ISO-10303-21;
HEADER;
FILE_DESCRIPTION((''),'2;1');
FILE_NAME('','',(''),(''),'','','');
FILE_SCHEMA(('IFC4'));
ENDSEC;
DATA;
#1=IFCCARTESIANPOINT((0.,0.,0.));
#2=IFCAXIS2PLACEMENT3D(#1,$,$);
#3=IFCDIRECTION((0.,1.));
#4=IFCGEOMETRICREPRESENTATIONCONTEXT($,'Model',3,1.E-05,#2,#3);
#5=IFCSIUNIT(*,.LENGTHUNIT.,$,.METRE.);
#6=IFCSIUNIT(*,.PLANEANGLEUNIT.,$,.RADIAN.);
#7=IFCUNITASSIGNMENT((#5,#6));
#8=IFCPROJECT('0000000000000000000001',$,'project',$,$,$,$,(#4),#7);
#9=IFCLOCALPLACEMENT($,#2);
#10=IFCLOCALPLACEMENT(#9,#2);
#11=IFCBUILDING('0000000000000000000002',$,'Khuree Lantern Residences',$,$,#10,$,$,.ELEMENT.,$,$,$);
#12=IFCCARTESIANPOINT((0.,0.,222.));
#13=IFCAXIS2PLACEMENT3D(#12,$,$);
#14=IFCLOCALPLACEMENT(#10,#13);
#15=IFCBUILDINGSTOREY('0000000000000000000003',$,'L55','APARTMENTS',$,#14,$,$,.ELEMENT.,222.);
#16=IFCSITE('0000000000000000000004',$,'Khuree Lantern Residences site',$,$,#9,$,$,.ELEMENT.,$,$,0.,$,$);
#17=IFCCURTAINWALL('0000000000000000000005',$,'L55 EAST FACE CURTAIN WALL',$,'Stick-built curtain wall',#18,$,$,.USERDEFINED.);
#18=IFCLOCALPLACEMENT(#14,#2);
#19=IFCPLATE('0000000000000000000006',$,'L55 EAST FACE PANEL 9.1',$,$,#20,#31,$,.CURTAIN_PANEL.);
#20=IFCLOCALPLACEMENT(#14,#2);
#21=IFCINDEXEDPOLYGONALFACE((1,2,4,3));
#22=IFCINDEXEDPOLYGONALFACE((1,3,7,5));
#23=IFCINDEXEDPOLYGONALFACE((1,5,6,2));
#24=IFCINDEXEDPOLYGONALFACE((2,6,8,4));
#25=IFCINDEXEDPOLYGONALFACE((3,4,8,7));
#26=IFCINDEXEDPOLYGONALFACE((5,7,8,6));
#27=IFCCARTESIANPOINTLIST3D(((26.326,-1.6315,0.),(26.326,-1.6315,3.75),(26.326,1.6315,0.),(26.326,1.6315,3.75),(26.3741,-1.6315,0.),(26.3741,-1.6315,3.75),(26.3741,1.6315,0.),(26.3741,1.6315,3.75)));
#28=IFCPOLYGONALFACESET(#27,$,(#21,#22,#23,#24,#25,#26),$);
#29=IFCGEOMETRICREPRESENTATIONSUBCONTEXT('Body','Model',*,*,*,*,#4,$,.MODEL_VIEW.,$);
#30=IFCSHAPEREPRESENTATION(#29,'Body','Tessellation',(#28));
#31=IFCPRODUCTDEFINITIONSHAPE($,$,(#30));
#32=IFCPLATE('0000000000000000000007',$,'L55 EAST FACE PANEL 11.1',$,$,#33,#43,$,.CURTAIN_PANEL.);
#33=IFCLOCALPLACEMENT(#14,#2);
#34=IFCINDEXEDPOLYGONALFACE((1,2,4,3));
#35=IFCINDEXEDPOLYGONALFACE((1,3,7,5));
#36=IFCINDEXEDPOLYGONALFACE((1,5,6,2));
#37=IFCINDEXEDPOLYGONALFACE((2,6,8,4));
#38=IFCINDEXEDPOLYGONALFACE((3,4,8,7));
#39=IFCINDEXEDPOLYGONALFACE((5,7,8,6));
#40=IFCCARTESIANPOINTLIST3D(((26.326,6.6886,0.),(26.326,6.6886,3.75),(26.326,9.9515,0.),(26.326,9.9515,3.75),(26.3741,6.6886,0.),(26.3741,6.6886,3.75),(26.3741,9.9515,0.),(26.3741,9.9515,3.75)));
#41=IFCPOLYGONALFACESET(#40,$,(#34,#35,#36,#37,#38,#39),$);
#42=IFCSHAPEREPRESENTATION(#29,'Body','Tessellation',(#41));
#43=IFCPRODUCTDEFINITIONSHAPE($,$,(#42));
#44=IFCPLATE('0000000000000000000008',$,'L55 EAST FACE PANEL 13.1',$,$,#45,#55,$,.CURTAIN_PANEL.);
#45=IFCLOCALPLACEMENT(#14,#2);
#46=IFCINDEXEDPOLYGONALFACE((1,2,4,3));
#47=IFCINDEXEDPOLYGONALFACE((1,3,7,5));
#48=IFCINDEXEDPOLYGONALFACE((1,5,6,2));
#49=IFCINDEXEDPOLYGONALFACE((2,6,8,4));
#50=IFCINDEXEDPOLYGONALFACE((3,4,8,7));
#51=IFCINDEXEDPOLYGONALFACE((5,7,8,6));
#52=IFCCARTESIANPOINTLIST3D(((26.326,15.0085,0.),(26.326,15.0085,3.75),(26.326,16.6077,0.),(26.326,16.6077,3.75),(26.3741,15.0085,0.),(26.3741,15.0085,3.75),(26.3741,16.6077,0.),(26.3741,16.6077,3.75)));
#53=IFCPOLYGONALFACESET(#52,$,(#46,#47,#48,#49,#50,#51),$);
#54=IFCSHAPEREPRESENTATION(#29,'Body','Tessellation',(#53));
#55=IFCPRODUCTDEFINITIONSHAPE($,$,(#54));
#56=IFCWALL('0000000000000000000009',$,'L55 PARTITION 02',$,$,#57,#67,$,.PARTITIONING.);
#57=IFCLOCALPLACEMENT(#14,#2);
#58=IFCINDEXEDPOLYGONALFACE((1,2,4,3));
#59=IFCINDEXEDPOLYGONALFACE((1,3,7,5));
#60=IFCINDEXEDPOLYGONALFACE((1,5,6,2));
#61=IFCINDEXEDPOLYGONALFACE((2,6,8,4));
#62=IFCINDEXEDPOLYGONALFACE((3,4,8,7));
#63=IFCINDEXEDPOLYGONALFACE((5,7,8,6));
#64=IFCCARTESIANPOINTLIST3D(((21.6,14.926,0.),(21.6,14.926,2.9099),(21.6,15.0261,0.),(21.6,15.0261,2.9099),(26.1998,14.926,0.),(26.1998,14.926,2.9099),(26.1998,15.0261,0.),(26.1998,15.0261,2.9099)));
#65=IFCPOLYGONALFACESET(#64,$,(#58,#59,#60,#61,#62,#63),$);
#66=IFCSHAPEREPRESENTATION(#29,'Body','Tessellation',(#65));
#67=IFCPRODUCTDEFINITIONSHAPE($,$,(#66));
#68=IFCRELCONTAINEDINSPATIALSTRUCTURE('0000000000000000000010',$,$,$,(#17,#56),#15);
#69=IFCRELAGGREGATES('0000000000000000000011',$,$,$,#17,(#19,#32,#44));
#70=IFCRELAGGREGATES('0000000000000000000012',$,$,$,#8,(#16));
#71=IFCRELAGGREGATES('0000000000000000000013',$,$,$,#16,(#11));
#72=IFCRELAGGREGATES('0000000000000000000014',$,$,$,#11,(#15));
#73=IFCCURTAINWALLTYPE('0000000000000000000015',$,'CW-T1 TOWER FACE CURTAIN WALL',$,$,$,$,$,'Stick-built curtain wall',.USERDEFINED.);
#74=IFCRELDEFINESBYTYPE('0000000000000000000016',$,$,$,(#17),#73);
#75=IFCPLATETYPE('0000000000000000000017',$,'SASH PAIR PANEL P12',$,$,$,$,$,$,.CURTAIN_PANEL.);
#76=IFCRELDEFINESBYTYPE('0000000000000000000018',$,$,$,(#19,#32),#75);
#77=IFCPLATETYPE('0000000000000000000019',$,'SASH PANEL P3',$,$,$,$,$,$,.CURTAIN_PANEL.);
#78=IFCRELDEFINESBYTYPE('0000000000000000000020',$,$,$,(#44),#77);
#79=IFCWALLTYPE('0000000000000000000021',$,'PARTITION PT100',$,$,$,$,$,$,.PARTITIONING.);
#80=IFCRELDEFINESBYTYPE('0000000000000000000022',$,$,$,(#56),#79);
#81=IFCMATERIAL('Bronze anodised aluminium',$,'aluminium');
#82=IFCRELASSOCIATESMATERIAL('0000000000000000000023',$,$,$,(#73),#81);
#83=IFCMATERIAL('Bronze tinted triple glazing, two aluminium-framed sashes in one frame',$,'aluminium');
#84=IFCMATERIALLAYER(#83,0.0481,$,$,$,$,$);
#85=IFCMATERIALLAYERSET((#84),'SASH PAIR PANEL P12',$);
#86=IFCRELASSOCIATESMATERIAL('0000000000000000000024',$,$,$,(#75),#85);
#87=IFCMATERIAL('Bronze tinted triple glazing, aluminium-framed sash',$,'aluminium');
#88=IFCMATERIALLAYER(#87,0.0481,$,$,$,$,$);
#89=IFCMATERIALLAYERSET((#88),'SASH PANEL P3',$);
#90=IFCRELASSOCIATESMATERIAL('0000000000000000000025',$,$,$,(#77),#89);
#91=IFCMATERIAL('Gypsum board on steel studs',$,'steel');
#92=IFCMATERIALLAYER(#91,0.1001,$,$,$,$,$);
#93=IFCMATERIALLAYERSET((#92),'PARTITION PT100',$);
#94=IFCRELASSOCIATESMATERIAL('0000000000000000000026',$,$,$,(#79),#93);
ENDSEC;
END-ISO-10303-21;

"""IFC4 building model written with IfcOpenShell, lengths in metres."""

from ifc_helpers import new_model, si_unit, direction, frame, frame_2d, origin, origin_2d, place, context, subcontext, project, spatial, rectangle, extrude, material, layer, layer_set, type_object, element, aggregate, save


model = new_model("IFC4")

# Units and contexts
model_context = context("Model", 3, precision=1e-05, world=origin(), true_north=direction((0.0, 1.0)))
body_context = subcontext(model_context, "Body", "Model", "MODEL_VIEW")
ifc_project = project(units=[si_unit("LENGTHUNIT", "METRE"), si_unit("PLANEANGLEUNIT", "RADIAN")], contexts=[model_context])

# Site, building, storey
site_placement = place(None, origin())
site = spatial("IfcSite", under=ifc_project, at=site_placement, Name="Khuree Lantern Residences site", CompositionType="ELEMENT", RefElevation=0.0)
building_placement = place(site_placement, origin())
building = spatial("IfcBuilding", under=site, at=building_placement, Name="Khuree Lantern Residences", CompositionType="ELEMENT")
storey_placement = place(building_placement, frame((0.0, 0.0, 222.0)))
storey = spatial("IfcBuildingStorey", under=building, at=storey_placement, Name="L55", Description="APARTMENTS", CompositionType="ELEMENT", Elevation=222.0)

# Curtain wall
ifc_material_1 = material(Name="Bronze anodised aluminium", Category="aluminium")
curtain_wall_type = type_object("IfcCurtainWallType", Name="CW-T1 TOWER FACE CURTAIN WALL", ElementType="Stick-built curtain wall", PredefinedType="USERDEFINED", material=ifc_material_1)
curtain_wall_placement = place(storey_placement, origin())
curtain_wall = element("IfcCurtainWall", 1, at=curtain_wall_placement, inside=storey, type_object=curtain_wall_type, Name="L55 EAST FACE CURTAIN WALL", ObjectType="Stick-built curtain wall", PredefinedType="USERDEFINED")

# Plates
ifc_material_2 = material(Name="Bronze tinted triple glazing, two aluminium-framed sashes in one frame", Category="aluminium")
ifc_layer_1 = layer(ifc_material_2, 0.0481)
ifc_layer_set_1 = layer_set([ifc_layer_1], Name="SASH PAIR PANEL P12")
plate_type_1 = type_object("IfcPlateType", Name="SASH PAIR PANEL P12", PredefinedType="CURTAIN_PANEL", material=ifc_layer_set_1)
plate_1_placement = place(storey_placement, frame((26.3501, 0.0, 0.0), z_axis=(0.0, 0.0, 1.0), x_axis=(0.0, 1.0, 0.0)))
plate_1 = element("IfcPlate", 2, at=plate_1_placement, type_object=plate_type_1, Name="L55 EAST FACE PANEL 9.1", PredefinedType="CURTAIN_PANEL", context=body_context, shape_type="SweptSolid", body=[
    extrude(rectangle(XDim=3.2629, YDim=0.0481, at=origin_2d()), origin(), (0.0, 0.0, 1.0), 3.75),
])
plate_2_placement = place(storey_placement, frame((26.3501, 8.3201, 0.0), z_axis=(0.0, 0.0, 1.0), x_axis=(0.0, 1.0, 0.0)))
plate_2 = element("IfcPlate", 3, at=plate_2_placement, type_object=plate_type_1, Name="L55 EAST FACE PANEL 11.1", PredefinedType="CURTAIN_PANEL", context=body_context, shape_type="SweptSolid", body=[
    extrude(rectangle(XDim=3.2629, YDim=0.0481, at=origin_2d()), origin(), (0.0, 0.0, 1.0), 3.75),
])
ifc_material_3 = material(Name="Bronze tinted triple glazing, aluminium-framed sash", Category="aluminium")
ifc_layer_2 = layer(ifc_material_3, 0.0481)
ifc_layer_set_2 = layer_set([ifc_layer_2], Name="SASH PANEL P3")
plate_type_2 = type_object("IfcPlateType", Name="SASH PANEL P3", PredefinedType="CURTAIN_PANEL", material=ifc_layer_set_2)
plate_3_placement = place(storey_placement, frame((26.3501, 15.8081, 0.0), z_axis=(0.0, 0.0, 1.0), x_axis=(0.0, 1.0, 0.0)))
plate_3 = element("IfcPlate", 4, at=plate_3_placement, type_object=plate_type_2, Name="L55 EAST FACE PANEL 13.1", PredefinedType="CURTAIN_PANEL", context=body_context, shape_type="SweptSolid", body=[
    extrude(rectangle(XDim=1.5991, YDim=0.0481, at=origin_2d()), origin(), (0.0, 0.0, 1.0), 3.75),
])
aggregate(curtain_wall, [plate_1, plate_2, plate_3])

# Wall
ifc_material_4 = material(Name="Gypsum board on steel studs", Category="steel")
ifc_layer_3 = layer(ifc_material_4, 0.1001)
ifc_layer_set_3 = layer_set([ifc_layer_3], Name="PARTITION PT100")
wall_type = type_object("IfcWallType", Name="PARTITION PT100", PredefinedType="PARTITIONING", material=ifc_layer_set_3)
wall_placement = place(storey_placement, frame((21.6001, 14.9761, 0.0), z_axis=(0.0, 0.0, 1.0), x_axis=(1.0, 0.0, 0.0)))
element("IfcWall", 5, at=wall_placement, inside=storey, type_object=wall_type, Name="L55 PARTITION 02", PredefinedType="PARTITIONING", context=body_context, shape_type="SweptSolid", body=[
    extrude(rectangle(XDim=4.5999, YDim=0.1001, at=frame_2d((2.2998, 0.0))), origin(), (0.0, 0.0, 1.0), 2.9099),
])

save(model, "model.ifc")
